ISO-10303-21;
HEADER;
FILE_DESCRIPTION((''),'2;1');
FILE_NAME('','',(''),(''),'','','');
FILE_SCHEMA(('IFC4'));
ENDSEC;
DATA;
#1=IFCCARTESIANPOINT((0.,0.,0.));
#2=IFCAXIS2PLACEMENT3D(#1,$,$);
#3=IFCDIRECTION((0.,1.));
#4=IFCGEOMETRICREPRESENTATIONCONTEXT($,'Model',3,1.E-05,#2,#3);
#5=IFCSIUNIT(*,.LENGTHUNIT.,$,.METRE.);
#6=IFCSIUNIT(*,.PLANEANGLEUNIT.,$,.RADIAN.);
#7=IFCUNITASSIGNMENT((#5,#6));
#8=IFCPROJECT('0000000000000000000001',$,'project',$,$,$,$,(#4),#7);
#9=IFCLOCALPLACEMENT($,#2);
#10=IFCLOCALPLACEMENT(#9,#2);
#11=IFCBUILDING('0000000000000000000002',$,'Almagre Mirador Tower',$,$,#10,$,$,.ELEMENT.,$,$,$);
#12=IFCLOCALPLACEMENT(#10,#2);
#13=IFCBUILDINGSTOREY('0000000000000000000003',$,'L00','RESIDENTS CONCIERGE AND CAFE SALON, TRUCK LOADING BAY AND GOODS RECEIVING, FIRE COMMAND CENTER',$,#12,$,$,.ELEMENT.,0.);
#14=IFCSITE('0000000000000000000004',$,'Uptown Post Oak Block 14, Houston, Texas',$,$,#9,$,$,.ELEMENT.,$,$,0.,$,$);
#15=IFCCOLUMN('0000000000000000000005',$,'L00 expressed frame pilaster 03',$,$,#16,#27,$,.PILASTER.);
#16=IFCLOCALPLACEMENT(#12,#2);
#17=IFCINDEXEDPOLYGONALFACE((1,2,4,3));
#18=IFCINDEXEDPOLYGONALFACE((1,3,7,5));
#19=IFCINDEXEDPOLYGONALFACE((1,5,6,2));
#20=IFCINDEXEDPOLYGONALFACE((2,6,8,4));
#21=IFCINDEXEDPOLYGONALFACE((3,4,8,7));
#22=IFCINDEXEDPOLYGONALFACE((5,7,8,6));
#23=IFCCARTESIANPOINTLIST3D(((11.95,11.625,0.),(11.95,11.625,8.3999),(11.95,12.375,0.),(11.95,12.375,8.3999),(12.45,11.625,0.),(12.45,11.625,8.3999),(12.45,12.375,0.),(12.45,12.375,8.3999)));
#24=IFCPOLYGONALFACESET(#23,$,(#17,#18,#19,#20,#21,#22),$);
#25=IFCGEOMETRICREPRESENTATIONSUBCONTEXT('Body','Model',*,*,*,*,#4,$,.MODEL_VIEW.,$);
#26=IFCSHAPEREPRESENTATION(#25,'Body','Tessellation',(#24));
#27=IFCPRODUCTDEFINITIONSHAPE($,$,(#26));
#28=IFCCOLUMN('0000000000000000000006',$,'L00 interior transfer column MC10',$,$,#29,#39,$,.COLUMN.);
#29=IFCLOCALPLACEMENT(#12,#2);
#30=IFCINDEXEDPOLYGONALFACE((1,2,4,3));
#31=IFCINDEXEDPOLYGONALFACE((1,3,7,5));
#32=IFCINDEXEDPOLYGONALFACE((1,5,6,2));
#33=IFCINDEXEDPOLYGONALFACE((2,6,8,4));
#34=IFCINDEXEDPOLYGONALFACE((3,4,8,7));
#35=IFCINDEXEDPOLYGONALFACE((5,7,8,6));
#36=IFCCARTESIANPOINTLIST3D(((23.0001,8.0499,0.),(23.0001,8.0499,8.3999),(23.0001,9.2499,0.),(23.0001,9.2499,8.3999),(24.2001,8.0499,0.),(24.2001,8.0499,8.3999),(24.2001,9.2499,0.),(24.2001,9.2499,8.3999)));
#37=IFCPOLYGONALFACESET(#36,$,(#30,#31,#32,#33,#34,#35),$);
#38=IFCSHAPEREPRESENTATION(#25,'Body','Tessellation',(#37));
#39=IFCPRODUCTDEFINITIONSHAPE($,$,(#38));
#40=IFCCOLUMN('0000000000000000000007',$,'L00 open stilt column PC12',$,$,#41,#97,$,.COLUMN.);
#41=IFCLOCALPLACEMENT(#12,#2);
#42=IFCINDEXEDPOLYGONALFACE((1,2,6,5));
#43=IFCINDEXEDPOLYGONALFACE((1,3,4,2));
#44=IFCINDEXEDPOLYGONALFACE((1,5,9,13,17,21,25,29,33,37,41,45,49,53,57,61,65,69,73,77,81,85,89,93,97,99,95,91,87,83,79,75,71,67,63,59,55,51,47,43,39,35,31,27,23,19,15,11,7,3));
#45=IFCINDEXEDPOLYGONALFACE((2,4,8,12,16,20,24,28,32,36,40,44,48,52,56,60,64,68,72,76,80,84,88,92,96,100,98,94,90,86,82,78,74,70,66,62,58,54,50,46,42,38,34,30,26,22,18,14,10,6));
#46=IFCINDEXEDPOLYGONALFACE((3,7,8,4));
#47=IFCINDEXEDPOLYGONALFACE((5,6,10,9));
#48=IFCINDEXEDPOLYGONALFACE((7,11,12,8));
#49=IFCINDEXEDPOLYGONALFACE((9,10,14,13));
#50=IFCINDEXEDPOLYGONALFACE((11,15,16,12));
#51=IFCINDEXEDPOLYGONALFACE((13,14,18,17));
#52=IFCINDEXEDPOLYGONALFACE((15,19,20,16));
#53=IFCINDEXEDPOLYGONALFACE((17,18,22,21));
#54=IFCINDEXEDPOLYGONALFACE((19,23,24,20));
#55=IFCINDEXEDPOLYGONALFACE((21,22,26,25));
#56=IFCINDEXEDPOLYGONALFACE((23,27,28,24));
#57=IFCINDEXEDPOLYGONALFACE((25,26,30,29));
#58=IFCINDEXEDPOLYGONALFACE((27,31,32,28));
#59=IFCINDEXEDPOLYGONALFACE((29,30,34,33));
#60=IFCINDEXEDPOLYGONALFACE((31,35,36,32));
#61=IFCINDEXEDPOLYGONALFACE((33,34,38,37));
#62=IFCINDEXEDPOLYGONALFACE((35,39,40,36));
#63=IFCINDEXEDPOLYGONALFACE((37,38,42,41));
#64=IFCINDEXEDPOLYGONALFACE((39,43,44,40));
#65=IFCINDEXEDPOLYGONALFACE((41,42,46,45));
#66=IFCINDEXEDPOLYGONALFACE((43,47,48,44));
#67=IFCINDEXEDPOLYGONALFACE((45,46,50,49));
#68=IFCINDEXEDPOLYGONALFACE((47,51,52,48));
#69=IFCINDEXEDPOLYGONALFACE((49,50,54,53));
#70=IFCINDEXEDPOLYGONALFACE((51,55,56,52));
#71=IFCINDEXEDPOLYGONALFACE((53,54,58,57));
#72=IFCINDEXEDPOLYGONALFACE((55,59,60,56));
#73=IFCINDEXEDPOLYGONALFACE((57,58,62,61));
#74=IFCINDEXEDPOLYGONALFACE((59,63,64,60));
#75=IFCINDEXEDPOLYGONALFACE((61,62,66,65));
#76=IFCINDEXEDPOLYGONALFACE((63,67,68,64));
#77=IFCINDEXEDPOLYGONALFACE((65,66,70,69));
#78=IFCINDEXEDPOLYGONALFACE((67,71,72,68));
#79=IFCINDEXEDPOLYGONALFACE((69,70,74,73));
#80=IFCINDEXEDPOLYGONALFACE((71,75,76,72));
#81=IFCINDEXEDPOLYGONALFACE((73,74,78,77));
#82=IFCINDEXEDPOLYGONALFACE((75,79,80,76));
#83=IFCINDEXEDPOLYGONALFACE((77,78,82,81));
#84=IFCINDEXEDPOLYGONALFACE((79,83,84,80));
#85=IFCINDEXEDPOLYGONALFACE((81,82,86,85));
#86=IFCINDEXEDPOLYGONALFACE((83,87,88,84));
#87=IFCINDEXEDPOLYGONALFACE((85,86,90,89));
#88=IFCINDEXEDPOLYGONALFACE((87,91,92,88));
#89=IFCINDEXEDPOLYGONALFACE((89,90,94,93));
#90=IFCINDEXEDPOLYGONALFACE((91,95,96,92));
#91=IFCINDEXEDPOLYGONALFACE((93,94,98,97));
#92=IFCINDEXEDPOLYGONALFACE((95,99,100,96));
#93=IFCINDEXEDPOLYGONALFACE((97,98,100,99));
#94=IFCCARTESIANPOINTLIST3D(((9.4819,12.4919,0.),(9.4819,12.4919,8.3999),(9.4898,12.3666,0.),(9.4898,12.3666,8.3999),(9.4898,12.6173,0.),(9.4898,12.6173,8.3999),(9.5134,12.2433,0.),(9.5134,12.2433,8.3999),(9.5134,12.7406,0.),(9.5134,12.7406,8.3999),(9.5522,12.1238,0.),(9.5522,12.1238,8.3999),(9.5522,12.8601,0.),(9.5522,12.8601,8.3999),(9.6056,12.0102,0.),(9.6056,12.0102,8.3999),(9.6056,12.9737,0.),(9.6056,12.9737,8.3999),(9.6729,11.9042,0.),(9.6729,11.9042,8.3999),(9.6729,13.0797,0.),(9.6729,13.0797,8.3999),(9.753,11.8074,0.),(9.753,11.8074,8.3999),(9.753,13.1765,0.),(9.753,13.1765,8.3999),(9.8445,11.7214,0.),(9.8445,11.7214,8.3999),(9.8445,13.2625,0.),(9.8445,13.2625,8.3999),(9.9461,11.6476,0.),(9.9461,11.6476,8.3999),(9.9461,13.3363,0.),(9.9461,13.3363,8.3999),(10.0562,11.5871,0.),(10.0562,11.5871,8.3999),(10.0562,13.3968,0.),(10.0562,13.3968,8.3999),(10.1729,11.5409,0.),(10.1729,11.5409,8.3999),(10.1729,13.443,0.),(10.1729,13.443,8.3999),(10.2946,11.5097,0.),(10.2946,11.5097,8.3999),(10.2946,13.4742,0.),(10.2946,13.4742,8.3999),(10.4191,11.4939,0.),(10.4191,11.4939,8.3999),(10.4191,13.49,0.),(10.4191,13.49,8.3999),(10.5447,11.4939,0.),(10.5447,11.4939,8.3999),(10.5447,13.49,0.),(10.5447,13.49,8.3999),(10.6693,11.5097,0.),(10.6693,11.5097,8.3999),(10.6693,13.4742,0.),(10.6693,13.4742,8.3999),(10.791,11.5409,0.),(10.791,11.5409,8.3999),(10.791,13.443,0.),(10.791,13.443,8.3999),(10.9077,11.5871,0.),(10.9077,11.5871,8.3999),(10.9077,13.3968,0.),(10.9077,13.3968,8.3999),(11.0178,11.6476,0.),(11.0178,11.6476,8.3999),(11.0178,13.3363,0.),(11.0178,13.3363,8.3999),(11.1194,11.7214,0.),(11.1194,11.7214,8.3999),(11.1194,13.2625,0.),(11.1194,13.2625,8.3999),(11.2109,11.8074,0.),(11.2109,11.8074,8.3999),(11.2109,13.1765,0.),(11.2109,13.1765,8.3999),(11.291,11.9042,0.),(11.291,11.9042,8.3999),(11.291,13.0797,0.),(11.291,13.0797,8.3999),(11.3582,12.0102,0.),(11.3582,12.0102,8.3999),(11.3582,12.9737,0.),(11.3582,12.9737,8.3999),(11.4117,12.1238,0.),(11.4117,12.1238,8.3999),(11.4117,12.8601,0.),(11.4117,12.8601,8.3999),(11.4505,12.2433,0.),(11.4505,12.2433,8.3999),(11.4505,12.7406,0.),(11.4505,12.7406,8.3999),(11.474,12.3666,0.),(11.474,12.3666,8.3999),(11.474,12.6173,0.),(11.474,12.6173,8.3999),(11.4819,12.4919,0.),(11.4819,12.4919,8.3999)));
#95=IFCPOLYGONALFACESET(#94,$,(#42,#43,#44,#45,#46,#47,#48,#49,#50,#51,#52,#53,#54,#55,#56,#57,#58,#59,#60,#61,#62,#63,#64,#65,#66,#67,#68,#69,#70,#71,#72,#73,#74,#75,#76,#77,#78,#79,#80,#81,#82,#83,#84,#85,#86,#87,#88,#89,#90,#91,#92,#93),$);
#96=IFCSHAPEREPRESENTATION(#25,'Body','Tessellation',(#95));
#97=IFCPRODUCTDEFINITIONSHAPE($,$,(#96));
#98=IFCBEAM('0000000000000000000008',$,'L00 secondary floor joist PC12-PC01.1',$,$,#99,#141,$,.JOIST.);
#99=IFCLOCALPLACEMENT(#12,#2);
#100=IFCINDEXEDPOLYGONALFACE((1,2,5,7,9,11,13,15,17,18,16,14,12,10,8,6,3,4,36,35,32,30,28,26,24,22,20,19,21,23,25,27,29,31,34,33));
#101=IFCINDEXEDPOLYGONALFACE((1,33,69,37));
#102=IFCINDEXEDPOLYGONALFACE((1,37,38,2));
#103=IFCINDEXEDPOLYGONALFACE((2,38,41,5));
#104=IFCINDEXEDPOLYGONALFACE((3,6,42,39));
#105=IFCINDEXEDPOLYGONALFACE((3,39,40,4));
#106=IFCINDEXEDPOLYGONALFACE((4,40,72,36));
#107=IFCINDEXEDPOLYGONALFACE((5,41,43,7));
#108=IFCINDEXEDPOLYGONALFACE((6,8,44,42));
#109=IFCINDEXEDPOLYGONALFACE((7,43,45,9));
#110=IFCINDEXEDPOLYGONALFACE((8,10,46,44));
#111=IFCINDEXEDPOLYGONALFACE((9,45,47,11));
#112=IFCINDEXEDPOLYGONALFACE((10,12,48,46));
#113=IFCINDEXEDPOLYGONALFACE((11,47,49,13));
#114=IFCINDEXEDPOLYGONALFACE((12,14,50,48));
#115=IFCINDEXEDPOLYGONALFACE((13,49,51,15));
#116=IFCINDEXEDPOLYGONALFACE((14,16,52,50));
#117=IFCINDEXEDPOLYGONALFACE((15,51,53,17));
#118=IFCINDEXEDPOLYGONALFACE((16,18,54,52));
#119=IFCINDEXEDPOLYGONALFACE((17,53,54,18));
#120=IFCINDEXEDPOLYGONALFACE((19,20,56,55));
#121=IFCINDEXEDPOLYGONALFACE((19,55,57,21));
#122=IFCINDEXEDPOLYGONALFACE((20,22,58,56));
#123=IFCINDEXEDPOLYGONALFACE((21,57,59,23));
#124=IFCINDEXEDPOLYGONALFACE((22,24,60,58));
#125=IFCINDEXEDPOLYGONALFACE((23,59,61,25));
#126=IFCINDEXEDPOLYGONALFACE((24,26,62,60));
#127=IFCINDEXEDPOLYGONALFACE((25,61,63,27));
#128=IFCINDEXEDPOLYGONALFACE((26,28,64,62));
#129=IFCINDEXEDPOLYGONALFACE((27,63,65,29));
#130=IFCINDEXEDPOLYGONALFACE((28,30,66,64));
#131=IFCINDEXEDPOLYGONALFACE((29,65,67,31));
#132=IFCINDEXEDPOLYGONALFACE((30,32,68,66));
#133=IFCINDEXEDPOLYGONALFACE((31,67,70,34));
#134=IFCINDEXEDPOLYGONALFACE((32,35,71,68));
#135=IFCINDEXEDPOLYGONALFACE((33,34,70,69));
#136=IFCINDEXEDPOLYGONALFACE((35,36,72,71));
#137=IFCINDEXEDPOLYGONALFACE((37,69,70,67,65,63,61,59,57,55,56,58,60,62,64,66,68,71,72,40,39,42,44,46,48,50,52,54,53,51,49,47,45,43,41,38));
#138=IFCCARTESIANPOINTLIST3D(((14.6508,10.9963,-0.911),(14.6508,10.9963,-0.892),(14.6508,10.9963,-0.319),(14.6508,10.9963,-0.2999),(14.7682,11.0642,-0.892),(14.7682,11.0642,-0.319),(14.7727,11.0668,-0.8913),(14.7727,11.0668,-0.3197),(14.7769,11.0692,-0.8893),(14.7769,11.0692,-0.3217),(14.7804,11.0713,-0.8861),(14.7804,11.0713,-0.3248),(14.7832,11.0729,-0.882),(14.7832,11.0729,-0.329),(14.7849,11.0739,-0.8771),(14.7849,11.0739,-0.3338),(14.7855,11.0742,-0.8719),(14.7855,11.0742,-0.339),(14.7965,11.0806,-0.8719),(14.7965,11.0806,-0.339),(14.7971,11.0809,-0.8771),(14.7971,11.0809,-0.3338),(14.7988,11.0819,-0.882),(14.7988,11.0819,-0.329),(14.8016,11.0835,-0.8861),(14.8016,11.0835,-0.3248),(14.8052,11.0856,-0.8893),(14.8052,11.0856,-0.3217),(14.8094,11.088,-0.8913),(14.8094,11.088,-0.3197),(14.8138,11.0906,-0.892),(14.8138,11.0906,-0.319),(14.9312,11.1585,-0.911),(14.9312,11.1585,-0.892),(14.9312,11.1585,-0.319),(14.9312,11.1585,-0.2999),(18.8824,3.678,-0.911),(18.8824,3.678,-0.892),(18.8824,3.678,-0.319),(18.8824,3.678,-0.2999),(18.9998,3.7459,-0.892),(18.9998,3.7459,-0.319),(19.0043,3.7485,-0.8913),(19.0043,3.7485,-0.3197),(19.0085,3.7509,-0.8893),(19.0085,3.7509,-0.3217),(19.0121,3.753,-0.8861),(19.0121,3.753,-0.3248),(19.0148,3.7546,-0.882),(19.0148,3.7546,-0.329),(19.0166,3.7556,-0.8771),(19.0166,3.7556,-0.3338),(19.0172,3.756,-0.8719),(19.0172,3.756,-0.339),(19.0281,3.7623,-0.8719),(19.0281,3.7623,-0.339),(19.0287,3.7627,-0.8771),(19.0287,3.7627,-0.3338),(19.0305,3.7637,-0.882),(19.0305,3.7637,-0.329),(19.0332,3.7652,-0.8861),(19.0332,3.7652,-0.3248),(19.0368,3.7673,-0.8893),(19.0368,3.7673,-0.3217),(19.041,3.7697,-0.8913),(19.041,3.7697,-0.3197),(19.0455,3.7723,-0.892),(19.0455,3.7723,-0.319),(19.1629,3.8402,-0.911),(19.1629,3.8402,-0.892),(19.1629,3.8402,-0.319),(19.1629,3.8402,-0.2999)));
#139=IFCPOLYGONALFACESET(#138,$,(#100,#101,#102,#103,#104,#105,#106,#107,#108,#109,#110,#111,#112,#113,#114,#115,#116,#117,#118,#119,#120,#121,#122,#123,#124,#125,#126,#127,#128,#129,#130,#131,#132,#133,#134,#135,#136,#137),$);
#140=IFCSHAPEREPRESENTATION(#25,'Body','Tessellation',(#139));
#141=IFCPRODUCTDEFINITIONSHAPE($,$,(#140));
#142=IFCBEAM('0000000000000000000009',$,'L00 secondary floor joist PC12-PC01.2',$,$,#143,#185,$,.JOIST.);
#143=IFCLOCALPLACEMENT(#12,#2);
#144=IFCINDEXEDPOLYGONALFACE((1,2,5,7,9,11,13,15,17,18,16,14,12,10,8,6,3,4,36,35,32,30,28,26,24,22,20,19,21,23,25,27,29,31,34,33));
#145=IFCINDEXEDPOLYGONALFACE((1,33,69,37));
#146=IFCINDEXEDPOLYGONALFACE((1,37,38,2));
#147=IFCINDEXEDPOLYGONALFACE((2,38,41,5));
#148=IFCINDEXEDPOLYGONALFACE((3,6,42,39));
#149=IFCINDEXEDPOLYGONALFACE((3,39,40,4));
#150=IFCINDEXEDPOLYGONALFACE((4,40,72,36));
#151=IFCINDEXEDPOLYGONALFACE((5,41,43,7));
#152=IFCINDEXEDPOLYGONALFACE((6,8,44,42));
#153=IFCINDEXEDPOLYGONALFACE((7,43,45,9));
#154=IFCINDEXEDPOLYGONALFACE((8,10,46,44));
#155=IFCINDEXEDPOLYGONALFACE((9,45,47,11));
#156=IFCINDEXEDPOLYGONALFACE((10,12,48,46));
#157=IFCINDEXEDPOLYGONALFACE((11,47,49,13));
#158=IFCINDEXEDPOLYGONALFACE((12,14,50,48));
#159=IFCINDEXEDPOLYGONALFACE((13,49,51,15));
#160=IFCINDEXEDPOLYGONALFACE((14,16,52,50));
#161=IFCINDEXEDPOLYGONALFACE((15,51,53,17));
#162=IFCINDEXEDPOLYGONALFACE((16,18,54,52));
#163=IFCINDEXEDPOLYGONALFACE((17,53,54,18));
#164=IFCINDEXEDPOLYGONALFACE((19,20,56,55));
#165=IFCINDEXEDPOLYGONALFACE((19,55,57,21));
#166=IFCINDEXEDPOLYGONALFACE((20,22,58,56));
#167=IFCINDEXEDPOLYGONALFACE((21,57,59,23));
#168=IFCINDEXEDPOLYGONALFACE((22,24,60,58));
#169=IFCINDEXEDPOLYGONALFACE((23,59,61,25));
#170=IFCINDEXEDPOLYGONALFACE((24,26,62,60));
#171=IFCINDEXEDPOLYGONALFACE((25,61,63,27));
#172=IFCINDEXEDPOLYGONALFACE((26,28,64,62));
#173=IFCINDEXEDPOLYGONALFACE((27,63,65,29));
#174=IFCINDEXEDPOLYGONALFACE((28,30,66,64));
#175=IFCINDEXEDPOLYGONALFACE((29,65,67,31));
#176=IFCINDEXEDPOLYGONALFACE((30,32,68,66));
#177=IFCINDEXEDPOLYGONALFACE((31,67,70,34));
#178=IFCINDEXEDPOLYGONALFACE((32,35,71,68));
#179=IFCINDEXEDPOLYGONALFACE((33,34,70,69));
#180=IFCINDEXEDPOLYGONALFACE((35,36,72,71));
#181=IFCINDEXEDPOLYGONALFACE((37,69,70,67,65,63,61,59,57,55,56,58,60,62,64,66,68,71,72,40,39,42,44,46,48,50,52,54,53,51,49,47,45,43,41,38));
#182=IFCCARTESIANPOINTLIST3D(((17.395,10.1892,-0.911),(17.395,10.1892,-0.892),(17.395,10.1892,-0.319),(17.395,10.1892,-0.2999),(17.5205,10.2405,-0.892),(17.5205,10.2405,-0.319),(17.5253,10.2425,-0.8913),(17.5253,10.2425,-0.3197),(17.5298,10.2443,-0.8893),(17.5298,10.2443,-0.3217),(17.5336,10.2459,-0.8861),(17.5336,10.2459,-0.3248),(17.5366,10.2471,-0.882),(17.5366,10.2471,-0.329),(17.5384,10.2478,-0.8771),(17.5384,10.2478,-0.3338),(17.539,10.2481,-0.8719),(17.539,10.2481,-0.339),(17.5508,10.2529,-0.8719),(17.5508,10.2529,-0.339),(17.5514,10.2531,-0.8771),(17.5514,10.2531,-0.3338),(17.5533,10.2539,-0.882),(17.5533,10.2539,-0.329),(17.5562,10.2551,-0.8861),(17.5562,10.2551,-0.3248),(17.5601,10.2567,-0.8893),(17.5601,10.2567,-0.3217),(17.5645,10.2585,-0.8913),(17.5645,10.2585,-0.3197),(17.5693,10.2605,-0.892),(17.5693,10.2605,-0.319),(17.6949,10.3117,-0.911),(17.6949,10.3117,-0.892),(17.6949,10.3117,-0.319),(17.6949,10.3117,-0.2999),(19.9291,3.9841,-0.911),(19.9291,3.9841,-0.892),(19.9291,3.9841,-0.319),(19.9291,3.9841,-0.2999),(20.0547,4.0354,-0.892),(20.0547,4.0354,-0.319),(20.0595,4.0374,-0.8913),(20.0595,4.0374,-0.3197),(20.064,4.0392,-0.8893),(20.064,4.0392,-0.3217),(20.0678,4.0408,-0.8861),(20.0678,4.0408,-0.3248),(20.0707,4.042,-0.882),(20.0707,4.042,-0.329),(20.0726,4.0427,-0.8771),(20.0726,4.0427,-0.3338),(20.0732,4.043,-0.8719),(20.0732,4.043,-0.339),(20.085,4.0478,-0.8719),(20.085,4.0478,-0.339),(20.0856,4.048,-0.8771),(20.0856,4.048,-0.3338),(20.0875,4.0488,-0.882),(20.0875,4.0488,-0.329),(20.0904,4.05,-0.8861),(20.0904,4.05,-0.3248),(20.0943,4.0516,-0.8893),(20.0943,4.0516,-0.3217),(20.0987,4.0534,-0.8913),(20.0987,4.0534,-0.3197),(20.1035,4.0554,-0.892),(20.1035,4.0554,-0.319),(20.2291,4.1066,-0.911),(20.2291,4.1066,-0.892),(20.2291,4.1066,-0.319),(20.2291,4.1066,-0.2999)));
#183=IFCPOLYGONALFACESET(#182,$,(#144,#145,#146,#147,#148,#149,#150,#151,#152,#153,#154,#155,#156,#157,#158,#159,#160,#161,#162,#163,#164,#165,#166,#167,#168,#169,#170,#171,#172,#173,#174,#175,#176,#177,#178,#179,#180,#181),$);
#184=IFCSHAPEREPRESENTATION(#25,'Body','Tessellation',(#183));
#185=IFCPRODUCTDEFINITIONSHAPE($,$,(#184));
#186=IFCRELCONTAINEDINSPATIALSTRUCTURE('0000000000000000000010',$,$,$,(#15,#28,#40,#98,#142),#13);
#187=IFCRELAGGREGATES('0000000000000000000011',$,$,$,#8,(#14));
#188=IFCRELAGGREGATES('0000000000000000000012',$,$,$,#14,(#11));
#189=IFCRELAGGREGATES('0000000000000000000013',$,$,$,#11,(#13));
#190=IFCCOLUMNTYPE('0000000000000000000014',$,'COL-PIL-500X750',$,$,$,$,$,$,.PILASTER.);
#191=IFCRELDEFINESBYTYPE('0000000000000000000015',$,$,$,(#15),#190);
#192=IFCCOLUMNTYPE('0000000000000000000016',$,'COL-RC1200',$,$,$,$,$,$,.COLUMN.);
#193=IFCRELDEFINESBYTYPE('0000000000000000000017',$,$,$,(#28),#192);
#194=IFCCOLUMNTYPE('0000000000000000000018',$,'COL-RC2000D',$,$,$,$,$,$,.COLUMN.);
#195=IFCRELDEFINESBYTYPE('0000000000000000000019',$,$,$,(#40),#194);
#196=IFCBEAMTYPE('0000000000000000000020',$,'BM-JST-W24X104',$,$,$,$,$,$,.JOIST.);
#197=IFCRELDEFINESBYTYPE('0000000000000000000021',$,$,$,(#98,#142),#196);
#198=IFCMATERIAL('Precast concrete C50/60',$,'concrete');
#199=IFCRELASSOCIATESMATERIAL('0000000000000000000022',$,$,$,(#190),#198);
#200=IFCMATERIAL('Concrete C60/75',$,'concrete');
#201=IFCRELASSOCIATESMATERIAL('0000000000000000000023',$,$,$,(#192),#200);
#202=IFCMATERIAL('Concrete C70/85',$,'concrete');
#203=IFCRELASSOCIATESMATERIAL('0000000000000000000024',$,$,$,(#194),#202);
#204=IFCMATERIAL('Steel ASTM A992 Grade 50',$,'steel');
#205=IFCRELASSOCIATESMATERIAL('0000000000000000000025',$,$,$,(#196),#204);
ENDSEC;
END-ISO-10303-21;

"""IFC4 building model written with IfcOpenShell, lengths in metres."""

from ifc_helpers import new_model, si_unit, direction, frame, origin, origin_2d, place, context, subcontext, project, spatial, rectangle, circle, i_section, extrude, material, material_profile, profile_set, type_object, element, save


model = new_model("IFC4")

# Units and contexts
model_context = context("Model", 3, precision=1e-05, world=origin(), true_north=direction((0.0, 1.0)))
body_context = subcontext(model_context, "Body", "Model", "MODEL_VIEW")
ifc_project = project(units=[si_unit("LENGTHUNIT", "METRE"), si_unit("PLANEANGLEUNIT", "RADIAN")], contexts=[model_context])

# Site, building, storey
site_placement = place(None, origin())
site = spatial("IfcSite", under=ifc_project, at=site_placement, Name="Uptown Post Oak Block 14, Houston, Texas", CompositionType="ELEMENT", RefElevation=0.0)
building_placement = place(site_placement, origin())
building = spatial("IfcBuilding", under=site, at=building_placement, Name="Almagre Mirador Tower", CompositionType="ELEMENT")
storey_placement = place(building_placement, origin())
storey = spatial("IfcBuildingStorey", under=building, at=storey_placement, Name="L00", Description="RESIDENTS CONCIERGE AND CAFE SALON, TRUCK LOADING BAY AND GOODS RECEIVING, FIRE COMMAND CENTER", CompositionType="ELEMENT", Elevation=0.0)

# Columns
ifc_material_1 = material(Name="Precast concrete C50/60", Category="concrete")
ifc_material_profile_1 = material_profile(ifc_material_1, rectangle(XDim=0.5, YDim=0.75, at=origin_2d()), Name="RC500X750")
ifc_profile_set_1 = profile_set([ifc_material_profile_1], Name="Precast concrete C50/60")
column_type_1 = type_object("IfcColumnType", Name="COL-PIL-500X750", PredefinedType="PILASTER", material=ifc_profile_set_1)
column_1_placement = place(storey_placement, frame((12.2, 12.0, 0.0), z_axis=(0.0, 0.0, 1.0), x_axis=(1.0, 0.0, 0.0)))
element("IfcColumn", 1, at=column_1_placement, inside=storey, type_object=column_type_1, Name="L00 expressed frame pilaster 03", PredefinedType="PILASTER", context=body_context, shape_type="SweptSolid", body=[
    extrude(rectangle(XDim=0.5, YDim=0.75, at=origin_2d()), origin(), (0.0, 0.0, 1.0), 8.3999),
])
ifc_material_2 = material(Name="Concrete C60/75", Category="concrete")
ifc_material_profile_2 = material_profile(ifc_material_2, rectangle(XDim=1.2, YDim=1.2, at=origin_2d()), Name="RC1200X1200")
ifc_profile_set_2 = profile_set([ifc_material_profile_2], Name="Concrete C60/75")
column_type_2 = type_object("IfcColumnType", Name="COL-RC1200", PredefinedType="COLUMN", material=ifc_profile_set_2)
column_2_placement = place(storey_placement, frame((23.6001, 8.6499, 0.0), z_axis=(0.0, 0.0, 1.0), x_axis=(1.0, 0.0, 0.0)))
element("IfcColumn", 2, at=column_2_placement, inside=storey, type_object=column_type_2, Name="L00 interior transfer column MC10", PredefinedType="COLUMN", context=body_context, shape_type="SweptSolid", body=[
    extrude(rectangle(XDim=1.2, YDim=1.2, at=origin_2d()), origin(), (0.0, 0.0, 1.0), 8.3999),
])
ifc_material_3 = material(Name="Concrete C70/85", Category="concrete")
ifc_material_profile_3 = material_profile(ifc_material_3, circle(Radius=1.0, at=origin_2d()), Name="RC2000D")
ifc_profile_set_3 = profile_set([ifc_material_profile_3], Name="Concrete C70/85")
column_type_3 = type_object("IfcColumnType", Name="COL-RC2000D", PredefinedType="COLUMN", material=ifc_profile_set_3)
column_3_placement = place(storey_placement, frame((10.4819, 12.4919, 0.0), z_axis=(0.0, 0.0, 1.0), x_axis=(1.0, 0.0, 0.0)))
element("IfcColumn", 3, at=column_3_placement, inside=storey, type_object=column_type_3, Name="L00 open stilt column PC12", PredefinedType="COLUMN", context=body_context, shape_type="SweptSolid", body=[
    extrude(circle(Radius=1.0, at=origin_2d()), origin(), (0.0, 0.0, 1.0), 8.3999),
])

# Beams
ifc_material_4 = material(Name="Steel ASTM A992 Grade 50", Category="steel")
ifc_material_profile_4 = material_profile(ifc_material_4, i_section(OverallWidth=0.324, OverallDepth=0.6111, WebThickness=0.0127, FlangeThickness=0.019, FilletRadius=0.02, at=origin_2d()), Name="W24X104")
ifc_profile_set_4 = profile_set([ifc_material_profile_4], Name="Steel ASTM A992 Grade 50")
beam_type_1 = type_object("IfcBeamType", Name="BM-JST-W24X104", PredefinedType="JOIST", material=ifc_profile_set_4)
beam_1_placement = place(storey_placement, frame((14.791, 11.0774, -0.6055), z_axis=(0.500571, -0.865696, 0.0), x_axis=(0.865696, 0.500571, 0.0)))
element("IfcBeam", 4, at=beam_1_placement, inside=storey, type_object=beam_type_1, Name="L00 secondary floor joist PC12-PC01.1", PredefinedType="JOIST", context=body_context, shape_type="SweptSolid", body=[
    extrude(i_section(OverallWidth=0.324, OverallDepth=0.6111, WebThickness=0.0127, FlangeThickness=0.019, FilletRadius=0.02, at=origin_2d()), origin(), (0.0, 0.0, 1.0), 8.4536),
])
beam_2_placement = place(storey_placement, frame((17.5449, 10.2505, -0.6055), z_axis=(0.378088, -0.92577, 0.0), x_axis=(0.92577, 0.378088, 0.0)))
element("IfcBeam", 5, at=beam_2_placement, inside=storey, type_object=beam_type_1, Name="L00 secondary floor joist PC12-PC01.2", PredefinedType="JOIST", context=body_context, shape_type="SweptSolid", body=[
    extrude(i_section(OverallWidth=0.324, OverallDepth=0.6111, WebThickness=0.0127, FlangeThickness=0.019, FilletRadius=0.02, at=origin_2d()), origin(), (0.0, 0.0, 1.0), 6.7026),
])

save(model, "model.ifc")
